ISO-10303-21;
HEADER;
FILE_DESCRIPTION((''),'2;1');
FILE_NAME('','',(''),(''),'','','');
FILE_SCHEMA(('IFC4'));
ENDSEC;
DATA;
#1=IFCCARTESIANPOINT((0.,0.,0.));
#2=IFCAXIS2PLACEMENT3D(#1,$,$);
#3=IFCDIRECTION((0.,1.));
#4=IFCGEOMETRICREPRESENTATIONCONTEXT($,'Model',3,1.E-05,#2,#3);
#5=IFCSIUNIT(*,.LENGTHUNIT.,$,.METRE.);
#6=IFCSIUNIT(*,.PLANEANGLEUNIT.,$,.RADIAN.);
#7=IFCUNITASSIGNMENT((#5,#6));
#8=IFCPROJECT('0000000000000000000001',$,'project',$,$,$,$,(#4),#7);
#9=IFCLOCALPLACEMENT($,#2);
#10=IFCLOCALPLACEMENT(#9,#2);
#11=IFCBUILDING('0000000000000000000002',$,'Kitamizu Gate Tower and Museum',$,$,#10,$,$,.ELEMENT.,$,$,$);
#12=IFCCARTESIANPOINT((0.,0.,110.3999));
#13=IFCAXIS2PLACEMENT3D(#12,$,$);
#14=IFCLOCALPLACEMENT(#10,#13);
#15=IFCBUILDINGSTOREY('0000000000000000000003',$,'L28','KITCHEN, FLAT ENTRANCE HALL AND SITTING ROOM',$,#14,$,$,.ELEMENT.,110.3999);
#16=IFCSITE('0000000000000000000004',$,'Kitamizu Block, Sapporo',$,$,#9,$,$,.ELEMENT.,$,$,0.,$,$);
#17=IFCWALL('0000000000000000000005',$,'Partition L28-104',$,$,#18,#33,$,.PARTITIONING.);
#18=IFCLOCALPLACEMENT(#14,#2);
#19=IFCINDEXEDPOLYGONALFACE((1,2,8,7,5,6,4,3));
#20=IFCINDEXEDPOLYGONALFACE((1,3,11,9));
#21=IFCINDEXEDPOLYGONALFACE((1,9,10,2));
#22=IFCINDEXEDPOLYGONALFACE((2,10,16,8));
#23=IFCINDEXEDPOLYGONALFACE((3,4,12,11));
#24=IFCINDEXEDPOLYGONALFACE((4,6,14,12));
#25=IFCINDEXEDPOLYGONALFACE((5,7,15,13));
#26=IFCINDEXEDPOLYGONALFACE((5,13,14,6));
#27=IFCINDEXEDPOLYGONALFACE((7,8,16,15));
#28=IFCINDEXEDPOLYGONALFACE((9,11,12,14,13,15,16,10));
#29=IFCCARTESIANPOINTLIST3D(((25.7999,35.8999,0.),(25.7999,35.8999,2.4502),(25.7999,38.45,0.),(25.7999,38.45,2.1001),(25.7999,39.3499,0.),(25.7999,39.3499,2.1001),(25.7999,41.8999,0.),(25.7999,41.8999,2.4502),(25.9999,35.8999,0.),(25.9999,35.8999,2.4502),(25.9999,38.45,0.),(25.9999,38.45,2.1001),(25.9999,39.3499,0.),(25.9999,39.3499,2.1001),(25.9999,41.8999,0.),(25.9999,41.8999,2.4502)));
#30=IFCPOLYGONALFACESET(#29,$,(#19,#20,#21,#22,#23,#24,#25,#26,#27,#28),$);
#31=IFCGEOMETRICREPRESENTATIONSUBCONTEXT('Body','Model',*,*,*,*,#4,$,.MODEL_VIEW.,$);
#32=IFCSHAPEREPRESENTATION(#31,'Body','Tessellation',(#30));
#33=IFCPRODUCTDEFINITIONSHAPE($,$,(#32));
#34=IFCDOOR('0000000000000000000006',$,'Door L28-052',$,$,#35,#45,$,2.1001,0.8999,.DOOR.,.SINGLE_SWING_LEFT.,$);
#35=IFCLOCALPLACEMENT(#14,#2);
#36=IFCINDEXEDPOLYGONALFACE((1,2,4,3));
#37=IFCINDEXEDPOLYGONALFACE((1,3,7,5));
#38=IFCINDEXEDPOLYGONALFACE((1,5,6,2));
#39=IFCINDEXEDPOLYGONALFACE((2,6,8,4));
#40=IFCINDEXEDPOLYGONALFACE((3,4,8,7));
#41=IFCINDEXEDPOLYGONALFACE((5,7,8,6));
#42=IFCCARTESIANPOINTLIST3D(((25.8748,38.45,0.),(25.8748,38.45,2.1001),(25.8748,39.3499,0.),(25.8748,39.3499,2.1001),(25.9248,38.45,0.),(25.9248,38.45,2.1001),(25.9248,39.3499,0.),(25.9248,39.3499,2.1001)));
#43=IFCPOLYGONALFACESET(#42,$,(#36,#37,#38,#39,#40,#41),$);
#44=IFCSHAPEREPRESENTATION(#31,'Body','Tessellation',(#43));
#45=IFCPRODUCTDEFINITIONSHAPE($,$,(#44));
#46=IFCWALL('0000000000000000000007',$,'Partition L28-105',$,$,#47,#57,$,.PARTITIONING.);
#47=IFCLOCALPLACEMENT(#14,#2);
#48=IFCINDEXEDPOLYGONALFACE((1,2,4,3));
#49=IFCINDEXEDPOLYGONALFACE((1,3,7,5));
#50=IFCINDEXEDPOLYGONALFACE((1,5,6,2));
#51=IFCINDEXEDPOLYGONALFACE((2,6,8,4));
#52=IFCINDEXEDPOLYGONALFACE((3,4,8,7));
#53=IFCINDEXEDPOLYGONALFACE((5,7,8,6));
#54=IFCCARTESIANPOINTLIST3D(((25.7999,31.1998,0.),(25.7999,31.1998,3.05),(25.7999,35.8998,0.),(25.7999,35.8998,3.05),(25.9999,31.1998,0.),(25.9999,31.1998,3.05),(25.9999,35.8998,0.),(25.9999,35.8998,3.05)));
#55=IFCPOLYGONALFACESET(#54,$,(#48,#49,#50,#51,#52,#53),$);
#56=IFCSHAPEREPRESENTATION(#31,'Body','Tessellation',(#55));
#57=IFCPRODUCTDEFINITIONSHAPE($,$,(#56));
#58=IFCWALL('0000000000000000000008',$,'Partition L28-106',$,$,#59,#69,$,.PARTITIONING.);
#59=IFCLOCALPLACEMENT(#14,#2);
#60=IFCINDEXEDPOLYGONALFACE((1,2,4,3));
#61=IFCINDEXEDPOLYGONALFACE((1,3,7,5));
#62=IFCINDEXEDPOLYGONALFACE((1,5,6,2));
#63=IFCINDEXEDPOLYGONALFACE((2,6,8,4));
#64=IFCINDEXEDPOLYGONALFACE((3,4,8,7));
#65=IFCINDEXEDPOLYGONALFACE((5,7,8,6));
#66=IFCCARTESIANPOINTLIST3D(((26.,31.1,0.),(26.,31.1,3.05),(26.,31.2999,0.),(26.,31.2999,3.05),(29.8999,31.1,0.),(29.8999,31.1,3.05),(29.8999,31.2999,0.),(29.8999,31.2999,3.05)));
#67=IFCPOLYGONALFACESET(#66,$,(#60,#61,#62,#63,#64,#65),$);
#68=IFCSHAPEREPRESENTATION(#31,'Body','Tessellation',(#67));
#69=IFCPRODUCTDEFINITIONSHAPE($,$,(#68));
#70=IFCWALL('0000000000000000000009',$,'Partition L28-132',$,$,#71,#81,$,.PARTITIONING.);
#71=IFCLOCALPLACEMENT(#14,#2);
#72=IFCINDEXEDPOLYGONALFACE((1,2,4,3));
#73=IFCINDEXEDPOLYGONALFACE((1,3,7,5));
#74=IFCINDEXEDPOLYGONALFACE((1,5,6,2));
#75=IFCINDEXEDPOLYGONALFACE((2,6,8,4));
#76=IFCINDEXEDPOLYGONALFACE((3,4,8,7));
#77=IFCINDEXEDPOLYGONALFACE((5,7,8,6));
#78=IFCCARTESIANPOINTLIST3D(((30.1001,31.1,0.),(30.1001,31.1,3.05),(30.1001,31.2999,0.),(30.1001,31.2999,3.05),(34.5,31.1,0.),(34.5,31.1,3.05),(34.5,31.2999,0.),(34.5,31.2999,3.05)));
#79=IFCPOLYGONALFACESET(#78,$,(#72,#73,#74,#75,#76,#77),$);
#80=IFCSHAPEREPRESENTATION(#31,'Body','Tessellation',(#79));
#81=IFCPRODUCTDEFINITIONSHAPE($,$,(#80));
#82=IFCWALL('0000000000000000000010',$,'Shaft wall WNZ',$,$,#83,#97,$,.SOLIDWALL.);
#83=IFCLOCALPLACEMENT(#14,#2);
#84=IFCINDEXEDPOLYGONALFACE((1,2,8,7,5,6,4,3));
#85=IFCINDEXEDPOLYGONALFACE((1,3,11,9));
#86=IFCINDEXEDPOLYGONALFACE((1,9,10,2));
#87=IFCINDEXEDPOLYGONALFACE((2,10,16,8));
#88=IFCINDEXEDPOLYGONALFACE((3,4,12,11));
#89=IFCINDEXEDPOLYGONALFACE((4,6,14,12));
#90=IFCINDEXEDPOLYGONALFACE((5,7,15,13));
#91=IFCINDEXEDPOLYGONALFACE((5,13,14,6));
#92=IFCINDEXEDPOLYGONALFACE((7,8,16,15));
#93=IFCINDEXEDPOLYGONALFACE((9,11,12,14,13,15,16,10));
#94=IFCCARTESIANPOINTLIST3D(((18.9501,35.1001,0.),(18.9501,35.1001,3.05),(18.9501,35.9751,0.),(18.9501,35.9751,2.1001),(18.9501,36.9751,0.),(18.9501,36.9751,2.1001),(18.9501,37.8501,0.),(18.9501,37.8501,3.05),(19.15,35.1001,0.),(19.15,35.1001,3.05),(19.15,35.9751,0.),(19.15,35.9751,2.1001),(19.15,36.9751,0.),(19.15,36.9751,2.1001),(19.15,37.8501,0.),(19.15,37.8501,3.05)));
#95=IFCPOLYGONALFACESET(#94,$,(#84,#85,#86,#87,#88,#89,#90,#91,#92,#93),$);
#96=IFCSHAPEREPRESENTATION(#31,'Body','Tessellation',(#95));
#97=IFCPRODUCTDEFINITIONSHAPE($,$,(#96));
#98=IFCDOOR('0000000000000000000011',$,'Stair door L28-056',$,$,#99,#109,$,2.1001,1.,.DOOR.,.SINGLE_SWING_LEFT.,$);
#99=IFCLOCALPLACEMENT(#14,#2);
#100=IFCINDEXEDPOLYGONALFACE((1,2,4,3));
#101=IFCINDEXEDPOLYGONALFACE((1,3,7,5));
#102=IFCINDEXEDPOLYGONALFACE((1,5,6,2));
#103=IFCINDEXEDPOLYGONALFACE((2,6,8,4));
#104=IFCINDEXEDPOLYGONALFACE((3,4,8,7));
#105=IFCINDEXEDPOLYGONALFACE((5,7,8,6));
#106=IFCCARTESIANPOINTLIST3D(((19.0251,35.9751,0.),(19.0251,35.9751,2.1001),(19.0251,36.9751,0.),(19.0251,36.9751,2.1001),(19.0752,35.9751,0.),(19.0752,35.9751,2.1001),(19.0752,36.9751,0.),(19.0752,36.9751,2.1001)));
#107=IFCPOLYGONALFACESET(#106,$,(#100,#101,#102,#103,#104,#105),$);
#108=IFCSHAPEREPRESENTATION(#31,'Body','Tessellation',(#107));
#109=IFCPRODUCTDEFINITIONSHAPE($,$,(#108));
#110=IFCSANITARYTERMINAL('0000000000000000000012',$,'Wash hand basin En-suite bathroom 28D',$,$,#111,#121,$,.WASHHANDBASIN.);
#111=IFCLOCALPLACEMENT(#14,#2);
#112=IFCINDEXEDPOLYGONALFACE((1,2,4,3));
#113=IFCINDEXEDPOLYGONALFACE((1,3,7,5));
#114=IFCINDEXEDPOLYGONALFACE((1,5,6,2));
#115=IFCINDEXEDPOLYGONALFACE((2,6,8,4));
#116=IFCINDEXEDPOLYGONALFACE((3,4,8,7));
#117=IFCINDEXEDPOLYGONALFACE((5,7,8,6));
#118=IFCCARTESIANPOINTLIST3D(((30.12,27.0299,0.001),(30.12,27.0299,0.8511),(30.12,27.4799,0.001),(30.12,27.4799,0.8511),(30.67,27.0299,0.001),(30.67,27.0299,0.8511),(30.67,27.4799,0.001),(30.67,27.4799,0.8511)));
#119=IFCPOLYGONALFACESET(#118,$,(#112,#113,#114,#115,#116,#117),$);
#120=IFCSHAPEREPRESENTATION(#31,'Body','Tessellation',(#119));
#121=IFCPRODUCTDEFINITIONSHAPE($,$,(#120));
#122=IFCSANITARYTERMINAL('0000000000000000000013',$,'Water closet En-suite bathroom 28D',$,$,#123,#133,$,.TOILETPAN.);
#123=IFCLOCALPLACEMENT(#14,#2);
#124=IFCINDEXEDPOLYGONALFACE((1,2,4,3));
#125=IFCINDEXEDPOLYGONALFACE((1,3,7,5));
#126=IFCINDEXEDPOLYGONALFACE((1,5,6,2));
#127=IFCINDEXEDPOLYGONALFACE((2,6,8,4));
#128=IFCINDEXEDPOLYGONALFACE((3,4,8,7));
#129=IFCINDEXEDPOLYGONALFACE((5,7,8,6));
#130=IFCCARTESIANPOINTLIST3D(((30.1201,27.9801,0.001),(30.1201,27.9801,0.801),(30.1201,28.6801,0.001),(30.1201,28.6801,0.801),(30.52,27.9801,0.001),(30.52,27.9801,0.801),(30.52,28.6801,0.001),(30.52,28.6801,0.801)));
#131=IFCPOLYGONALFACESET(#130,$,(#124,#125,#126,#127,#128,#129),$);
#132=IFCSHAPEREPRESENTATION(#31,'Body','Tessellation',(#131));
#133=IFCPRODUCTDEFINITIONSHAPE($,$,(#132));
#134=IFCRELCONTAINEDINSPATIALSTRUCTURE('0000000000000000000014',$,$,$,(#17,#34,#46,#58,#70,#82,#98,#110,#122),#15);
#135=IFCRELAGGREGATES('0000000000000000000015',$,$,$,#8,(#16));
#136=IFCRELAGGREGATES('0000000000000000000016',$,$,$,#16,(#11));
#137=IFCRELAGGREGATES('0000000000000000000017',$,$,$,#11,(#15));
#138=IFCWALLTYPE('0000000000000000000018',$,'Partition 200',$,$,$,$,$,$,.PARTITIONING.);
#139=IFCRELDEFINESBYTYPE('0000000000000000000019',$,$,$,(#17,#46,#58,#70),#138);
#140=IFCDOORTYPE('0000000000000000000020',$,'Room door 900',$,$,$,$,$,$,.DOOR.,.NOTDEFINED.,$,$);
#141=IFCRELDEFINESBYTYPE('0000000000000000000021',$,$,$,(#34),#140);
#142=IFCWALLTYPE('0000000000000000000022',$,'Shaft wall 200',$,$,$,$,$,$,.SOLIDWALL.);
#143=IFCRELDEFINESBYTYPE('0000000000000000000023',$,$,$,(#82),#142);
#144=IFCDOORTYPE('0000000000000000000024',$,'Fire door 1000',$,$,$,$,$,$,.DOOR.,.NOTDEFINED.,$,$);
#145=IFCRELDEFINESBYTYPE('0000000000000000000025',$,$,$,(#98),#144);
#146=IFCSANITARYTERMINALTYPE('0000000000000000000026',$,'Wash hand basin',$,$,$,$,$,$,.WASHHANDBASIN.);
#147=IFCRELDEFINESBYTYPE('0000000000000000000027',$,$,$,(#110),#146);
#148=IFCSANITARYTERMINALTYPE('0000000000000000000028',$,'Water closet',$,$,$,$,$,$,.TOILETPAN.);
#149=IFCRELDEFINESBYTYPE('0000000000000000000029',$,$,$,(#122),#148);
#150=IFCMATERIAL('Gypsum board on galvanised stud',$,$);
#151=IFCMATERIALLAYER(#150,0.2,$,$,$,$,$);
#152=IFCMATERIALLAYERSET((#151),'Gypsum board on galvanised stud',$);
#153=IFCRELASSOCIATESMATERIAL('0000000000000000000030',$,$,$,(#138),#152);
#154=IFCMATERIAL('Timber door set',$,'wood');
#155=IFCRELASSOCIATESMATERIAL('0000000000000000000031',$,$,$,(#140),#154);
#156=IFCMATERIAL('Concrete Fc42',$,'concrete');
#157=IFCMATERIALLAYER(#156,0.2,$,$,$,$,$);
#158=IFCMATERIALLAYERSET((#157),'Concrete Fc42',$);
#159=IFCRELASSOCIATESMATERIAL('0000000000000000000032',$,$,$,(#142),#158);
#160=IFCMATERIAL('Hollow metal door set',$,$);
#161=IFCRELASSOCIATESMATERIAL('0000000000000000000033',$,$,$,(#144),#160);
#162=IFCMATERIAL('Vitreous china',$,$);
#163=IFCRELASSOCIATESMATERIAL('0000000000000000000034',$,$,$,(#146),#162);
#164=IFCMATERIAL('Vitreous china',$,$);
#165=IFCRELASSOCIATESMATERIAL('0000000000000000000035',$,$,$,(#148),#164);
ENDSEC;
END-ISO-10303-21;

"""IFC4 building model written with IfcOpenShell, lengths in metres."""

from ifc_helpers import new_model, si_unit, direction, frame, frame_2d, origin, origin_2d, place, context, subcontext, project, spatial, rectangle, extrude, material, layer, layer_set, type_object, element, fill, save


model = new_model("IFC4")

# Units and contexts
model_context = context("Model", 3, precision=1e-05, world=origin(), true_north=direction((0.0, 1.0)))
body_context = subcontext(model_context, "Body", "Model", "MODEL_VIEW")
ifc_project = project(units=[si_unit("LENGTHUNIT", "METRE"), si_unit("PLANEANGLEUNIT", "RADIAN")], contexts=[model_context])

# Site, building, storey
site_placement = place(None, origin())
site = spatial("IfcSite", under=ifc_project, at=site_placement, Name="Kitamizu Block, Sapporo", CompositionType="ELEMENT", RefElevation=0.0)
building_placement = place(site_placement, origin())
building = spatial("IfcBuilding", under=site, at=building_placement, Name="Kitamizu Gate Tower and Museum", CompositionType="ELEMENT")
storey_placement = place(building_placement, frame((0.0, 0.0, 110.3999)))
storey = spatial("IfcBuildingStorey", under=building, at=storey_placement, Name="L28", Description="KITCHEN, FLAT ENTRANCE HALL AND SITTING ROOM", CompositionType="ELEMENT", Elevation=110.3999)

# Shared definitions
ifc_material_1 = material(Name="Gypsum board on galvanised stud")
ifc_layer_1 = layer(ifc_material_1, 0.2)
ifc_layer_set_1 = layer_set([ifc_layer_1], Name="Gypsum board on galvanised stud")
wall_type_1 = type_object("IfcWallType", Name="Partition 200", PredefinedType="PARTITIONING", material=ifc_layer_set_1)

# Wall, opening, door
wall_1_placement = place(storey_placement, frame((25.8999, 41.8999, 0.0), z_axis=(0.0, 0.0, 1.0), x_axis=(0.0, -1.0, 0.0)))
wall_1 = element("IfcWall", 1, at=wall_1_placement, inside=storey, type_object=wall_type_1, Name="Partition L28-104", PredefinedType="PARTITIONING", context=body_context, shape_type="SweptSolid", body=[
    extrude(rectangle(XDim=6.0, YDim=0.2, at=frame_2d((3.0, 0.0))), origin(), (0.0, 0.0, 1.0), 2.4502),
])
opening_1_placement = place(wall_1_placement, frame((2.55, 0.0, 0.0)))
opening_1 = element("IfcOpeningElement", 2, at=opening_1_placement, cuts=wall_1, PredefinedType="OPENING", context=body_context, shape_type="SweptSolid", body=[
    extrude(rectangle(XDim=0.8999, YDim=2.1001, at=frame_2d((0.45, 1.05))), frame((0.0, 0.1099, 0.0), z_axis=(0.0, -1.0, 0.0), x_axis=(1.0, 0.0, 0.0)), (0.0, 0.0, 1.0), 0.22),
])
ifc_material_2 = material(Name="Timber door set", Category="wood")
door_type_1 = type_object("IfcDoorType", Name="Room door 900", OperationType="NOTDEFINED", PredefinedType="DOOR", material=ifc_material_2)
door_1_placement = place(opening_1_placement, origin())
door_1 = element("IfcDoor", 3, at=door_1_placement, inside=storey, type_object=door_type_1, Name="Door L28-052", OperationType="SINGLE_SWING_LEFT", OverallHeight=2.1001, OverallWidth=0.8999, PredefinedType="DOOR", context=body_context, shape_type="SweptSolid", body=[
    extrude(rectangle(XDim=0.8999, YDim=2.1001, at=frame_2d((0.45, 1.05))), frame((0.0, 0.0249, 0.0), z_axis=(0.0, -1.0, 0.0), x_axis=(1.0, 0.0, 0.0)), (0.0, 0.0, 1.0), 0.05),
])
fill(opening_1, door_1)

# Walls
wall_2_placement = place(storey_placement, frame((25.8999, 35.8999, 0.0), z_axis=(0.0, 0.0, 1.0), x_axis=(0.0, -1.0, 0.0)))
element("IfcWall", 4, at=wall_2_placement, inside=storey, type_object=wall_type_1, Name="Partition L28-105", PredefinedType="PARTITIONING", context=body_context, shape_type="SweptSolid", body=[
    extrude(rectangle(XDim=4.7, YDim=0.2, at=frame_2d((2.3501, 0.0))), origin(), (0.0, 0.0, 1.0), 3.05),
])
wall_3_placement = place(storey_placement, frame((26.0, 31.2, 0.0), z_axis=(0.0, 0.0, 1.0), x_axis=(1.0, 0.0, 0.0)))
element("IfcWall", 5, at=wall_3_placement, inside=storey, type_object=wall_type_1, Name="Partition L28-106", PredefinedType="PARTITIONING", context=body_context, shape_type="SweptSolid", body=[
    extrude(rectangle(XDim=3.8999, YDim=0.2, at=frame_2d((1.95, 0.0))), origin(), (0.0, 0.0, 1.0), 3.05),
])
wall_4_placement = place(storey_placement, frame((30.1001, 31.2, 0.0), z_axis=(0.0, 0.0, 1.0), x_axis=(1.0, 0.0, 0.0)))
element("IfcWall", 6, at=wall_4_placement, inside=storey, type_object=wall_type_1, Name="Partition L28-132", PredefinedType="PARTITIONING", context=body_context, shape_type="SweptSolid", body=[
    extrude(rectangle(XDim=4.3999, YDim=0.2, at=frame_2d((2.2, 0.0))), origin(), (0.0, 0.0, 1.0), 3.05),
])

# Wall, opening, door
ifc_material_3 = material(Name="Concrete Fc42", Category="concrete")
ifc_layer_2 = layer(ifc_material_3, 0.2)
ifc_layer_set_2 = layer_set([ifc_layer_2], Name="Concrete Fc42")
wall_type_2 = type_object("IfcWallType", Name="Shaft wall 200", PredefinedType="SOLIDWALL", material=ifc_layer_set_2)
wall_5_placement = place(storey_placement, frame((19.05, 35.1001, 0.0), z_axis=(0.0, 0.0, 1.0), x_axis=(0.0, 1.0, 0.0)))
wall_5 = element("IfcWall", 7, at=wall_5_placement, inside=storey, type_object=wall_type_2, Name="Shaft wall WNZ", PredefinedType="SOLIDWALL", context=body_context, shape_type="SweptSolid", body=[
    extrude(rectangle(XDim=2.75, YDim=0.2, at=frame_2d((1.375, 0.0))), origin(), (0.0, 0.0, 1.0), 3.05),
])
opening_2_placement = place(wall_5_placement, frame((0.875, 0.0, 0.0)))
opening_2 = element("IfcOpeningElement", 8, at=opening_2_placement, cuts=wall_5, PredefinedType="OPENING", context=body_context, shape_type="SweptSolid", body=[
    extrude(rectangle(XDim=1.0, YDim=2.1001, at=frame_2d((0.5, 1.05))), frame((0.0, 0.1099, 0.0), z_axis=(0.0, -1.0, 0.0), x_axis=(1.0, 0.0, 0.0)), (0.0, 0.0, 1.0), 0.22),
])
ifc_material_4 = material(Name="Hollow metal door set")
door_type_2 = type_object("IfcDoorType", Name="Fire door 1000", OperationType="NOTDEFINED", PredefinedType="DOOR", material=ifc_material_4)
door_2_placement = place(opening_2_placement, origin())
door_2 = element("IfcDoor", 9, at=door_2_placement, inside=storey, type_object=door_type_2, Name="Stair door L28-056", OperationType="SINGLE_SWING_LEFT", OverallHeight=2.1001, OverallWidth=1.0, PredefinedType="DOOR", context=body_context, shape_type="SweptSolid", body=[
    extrude(rectangle(XDim=1.0, YDim=2.1001, at=frame_2d((0.5, 1.05))), frame((0.0, 0.0249, 0.0), z_axis=(0.0, -1.0, 0.0), x_axis=(1.0, 0.0, 0.0)), (0.0, 0.0, 1.0), 0.05),
])
fill(opening_2, door_2)

# Sanitary terminals
ifc_material_5 = material(Name="Vitreous china")
sanitary_terminal_type_1 = type_object("IfcSanitaryTerminalType", Name="Wash hand basin", PredefinedType="WASHHANDBASIN", material=ifc_material_5)
sanitary_terminal_1_placement = place(storey_placement, frame((30.395, 27.2549, 0.001), z_axis=(0.0, 0.0, 1.0), x_axis=(1.0, 0.0, 0.0)))
element("IfcSanitaryTerminal", 10, at=sanitary_terminal_1_placement, inside=storey, type_object=sanitary_terminal_type_1, Name="Wash hand basin En-suite bathroom 28D", PredefinedType="WASHHANDBASIN", context=body_context, shape_type="SweptSolid", body=[
    extrude(rectangle(XDim=0.55, YDim=0.45, at=origin_2d()), origin(), (0.0, 0.0, 1.0), 0.8501),
])
ifc_material_6 = material(Name="Vitreous china")
sanitary_terminal_type_2 = type_object("IfcSanitaryTerminalType", Name="Water closet", PredefinedType="TOILETPAN", material=ifc_material_6)
sanitary_terminal_2_placement = place(storey_placement, frame((30.3201, 28.3301, 0.001), z_axis=(0.0, 0.0, 1.0), x_axis=(1.0, 0.0, 0.0)))
element("IfcSanitaryTerminal", 11, at=sanitary_terminal_2_placement, inside=storey, type_object=sanitary_terminal_type_2, Name="Water closet En-suite bathroom 28D", PredefinedType="TOILETPAN", context=body_context, shape_type="SweptSolid", body=[
    extrude(rectangle(XDim=0.3999, YDim=0.7, at=origin_2d()), origin(), (0.0, 0.0, 1.0), 0.8),
])

save(model, "model.ifc")
